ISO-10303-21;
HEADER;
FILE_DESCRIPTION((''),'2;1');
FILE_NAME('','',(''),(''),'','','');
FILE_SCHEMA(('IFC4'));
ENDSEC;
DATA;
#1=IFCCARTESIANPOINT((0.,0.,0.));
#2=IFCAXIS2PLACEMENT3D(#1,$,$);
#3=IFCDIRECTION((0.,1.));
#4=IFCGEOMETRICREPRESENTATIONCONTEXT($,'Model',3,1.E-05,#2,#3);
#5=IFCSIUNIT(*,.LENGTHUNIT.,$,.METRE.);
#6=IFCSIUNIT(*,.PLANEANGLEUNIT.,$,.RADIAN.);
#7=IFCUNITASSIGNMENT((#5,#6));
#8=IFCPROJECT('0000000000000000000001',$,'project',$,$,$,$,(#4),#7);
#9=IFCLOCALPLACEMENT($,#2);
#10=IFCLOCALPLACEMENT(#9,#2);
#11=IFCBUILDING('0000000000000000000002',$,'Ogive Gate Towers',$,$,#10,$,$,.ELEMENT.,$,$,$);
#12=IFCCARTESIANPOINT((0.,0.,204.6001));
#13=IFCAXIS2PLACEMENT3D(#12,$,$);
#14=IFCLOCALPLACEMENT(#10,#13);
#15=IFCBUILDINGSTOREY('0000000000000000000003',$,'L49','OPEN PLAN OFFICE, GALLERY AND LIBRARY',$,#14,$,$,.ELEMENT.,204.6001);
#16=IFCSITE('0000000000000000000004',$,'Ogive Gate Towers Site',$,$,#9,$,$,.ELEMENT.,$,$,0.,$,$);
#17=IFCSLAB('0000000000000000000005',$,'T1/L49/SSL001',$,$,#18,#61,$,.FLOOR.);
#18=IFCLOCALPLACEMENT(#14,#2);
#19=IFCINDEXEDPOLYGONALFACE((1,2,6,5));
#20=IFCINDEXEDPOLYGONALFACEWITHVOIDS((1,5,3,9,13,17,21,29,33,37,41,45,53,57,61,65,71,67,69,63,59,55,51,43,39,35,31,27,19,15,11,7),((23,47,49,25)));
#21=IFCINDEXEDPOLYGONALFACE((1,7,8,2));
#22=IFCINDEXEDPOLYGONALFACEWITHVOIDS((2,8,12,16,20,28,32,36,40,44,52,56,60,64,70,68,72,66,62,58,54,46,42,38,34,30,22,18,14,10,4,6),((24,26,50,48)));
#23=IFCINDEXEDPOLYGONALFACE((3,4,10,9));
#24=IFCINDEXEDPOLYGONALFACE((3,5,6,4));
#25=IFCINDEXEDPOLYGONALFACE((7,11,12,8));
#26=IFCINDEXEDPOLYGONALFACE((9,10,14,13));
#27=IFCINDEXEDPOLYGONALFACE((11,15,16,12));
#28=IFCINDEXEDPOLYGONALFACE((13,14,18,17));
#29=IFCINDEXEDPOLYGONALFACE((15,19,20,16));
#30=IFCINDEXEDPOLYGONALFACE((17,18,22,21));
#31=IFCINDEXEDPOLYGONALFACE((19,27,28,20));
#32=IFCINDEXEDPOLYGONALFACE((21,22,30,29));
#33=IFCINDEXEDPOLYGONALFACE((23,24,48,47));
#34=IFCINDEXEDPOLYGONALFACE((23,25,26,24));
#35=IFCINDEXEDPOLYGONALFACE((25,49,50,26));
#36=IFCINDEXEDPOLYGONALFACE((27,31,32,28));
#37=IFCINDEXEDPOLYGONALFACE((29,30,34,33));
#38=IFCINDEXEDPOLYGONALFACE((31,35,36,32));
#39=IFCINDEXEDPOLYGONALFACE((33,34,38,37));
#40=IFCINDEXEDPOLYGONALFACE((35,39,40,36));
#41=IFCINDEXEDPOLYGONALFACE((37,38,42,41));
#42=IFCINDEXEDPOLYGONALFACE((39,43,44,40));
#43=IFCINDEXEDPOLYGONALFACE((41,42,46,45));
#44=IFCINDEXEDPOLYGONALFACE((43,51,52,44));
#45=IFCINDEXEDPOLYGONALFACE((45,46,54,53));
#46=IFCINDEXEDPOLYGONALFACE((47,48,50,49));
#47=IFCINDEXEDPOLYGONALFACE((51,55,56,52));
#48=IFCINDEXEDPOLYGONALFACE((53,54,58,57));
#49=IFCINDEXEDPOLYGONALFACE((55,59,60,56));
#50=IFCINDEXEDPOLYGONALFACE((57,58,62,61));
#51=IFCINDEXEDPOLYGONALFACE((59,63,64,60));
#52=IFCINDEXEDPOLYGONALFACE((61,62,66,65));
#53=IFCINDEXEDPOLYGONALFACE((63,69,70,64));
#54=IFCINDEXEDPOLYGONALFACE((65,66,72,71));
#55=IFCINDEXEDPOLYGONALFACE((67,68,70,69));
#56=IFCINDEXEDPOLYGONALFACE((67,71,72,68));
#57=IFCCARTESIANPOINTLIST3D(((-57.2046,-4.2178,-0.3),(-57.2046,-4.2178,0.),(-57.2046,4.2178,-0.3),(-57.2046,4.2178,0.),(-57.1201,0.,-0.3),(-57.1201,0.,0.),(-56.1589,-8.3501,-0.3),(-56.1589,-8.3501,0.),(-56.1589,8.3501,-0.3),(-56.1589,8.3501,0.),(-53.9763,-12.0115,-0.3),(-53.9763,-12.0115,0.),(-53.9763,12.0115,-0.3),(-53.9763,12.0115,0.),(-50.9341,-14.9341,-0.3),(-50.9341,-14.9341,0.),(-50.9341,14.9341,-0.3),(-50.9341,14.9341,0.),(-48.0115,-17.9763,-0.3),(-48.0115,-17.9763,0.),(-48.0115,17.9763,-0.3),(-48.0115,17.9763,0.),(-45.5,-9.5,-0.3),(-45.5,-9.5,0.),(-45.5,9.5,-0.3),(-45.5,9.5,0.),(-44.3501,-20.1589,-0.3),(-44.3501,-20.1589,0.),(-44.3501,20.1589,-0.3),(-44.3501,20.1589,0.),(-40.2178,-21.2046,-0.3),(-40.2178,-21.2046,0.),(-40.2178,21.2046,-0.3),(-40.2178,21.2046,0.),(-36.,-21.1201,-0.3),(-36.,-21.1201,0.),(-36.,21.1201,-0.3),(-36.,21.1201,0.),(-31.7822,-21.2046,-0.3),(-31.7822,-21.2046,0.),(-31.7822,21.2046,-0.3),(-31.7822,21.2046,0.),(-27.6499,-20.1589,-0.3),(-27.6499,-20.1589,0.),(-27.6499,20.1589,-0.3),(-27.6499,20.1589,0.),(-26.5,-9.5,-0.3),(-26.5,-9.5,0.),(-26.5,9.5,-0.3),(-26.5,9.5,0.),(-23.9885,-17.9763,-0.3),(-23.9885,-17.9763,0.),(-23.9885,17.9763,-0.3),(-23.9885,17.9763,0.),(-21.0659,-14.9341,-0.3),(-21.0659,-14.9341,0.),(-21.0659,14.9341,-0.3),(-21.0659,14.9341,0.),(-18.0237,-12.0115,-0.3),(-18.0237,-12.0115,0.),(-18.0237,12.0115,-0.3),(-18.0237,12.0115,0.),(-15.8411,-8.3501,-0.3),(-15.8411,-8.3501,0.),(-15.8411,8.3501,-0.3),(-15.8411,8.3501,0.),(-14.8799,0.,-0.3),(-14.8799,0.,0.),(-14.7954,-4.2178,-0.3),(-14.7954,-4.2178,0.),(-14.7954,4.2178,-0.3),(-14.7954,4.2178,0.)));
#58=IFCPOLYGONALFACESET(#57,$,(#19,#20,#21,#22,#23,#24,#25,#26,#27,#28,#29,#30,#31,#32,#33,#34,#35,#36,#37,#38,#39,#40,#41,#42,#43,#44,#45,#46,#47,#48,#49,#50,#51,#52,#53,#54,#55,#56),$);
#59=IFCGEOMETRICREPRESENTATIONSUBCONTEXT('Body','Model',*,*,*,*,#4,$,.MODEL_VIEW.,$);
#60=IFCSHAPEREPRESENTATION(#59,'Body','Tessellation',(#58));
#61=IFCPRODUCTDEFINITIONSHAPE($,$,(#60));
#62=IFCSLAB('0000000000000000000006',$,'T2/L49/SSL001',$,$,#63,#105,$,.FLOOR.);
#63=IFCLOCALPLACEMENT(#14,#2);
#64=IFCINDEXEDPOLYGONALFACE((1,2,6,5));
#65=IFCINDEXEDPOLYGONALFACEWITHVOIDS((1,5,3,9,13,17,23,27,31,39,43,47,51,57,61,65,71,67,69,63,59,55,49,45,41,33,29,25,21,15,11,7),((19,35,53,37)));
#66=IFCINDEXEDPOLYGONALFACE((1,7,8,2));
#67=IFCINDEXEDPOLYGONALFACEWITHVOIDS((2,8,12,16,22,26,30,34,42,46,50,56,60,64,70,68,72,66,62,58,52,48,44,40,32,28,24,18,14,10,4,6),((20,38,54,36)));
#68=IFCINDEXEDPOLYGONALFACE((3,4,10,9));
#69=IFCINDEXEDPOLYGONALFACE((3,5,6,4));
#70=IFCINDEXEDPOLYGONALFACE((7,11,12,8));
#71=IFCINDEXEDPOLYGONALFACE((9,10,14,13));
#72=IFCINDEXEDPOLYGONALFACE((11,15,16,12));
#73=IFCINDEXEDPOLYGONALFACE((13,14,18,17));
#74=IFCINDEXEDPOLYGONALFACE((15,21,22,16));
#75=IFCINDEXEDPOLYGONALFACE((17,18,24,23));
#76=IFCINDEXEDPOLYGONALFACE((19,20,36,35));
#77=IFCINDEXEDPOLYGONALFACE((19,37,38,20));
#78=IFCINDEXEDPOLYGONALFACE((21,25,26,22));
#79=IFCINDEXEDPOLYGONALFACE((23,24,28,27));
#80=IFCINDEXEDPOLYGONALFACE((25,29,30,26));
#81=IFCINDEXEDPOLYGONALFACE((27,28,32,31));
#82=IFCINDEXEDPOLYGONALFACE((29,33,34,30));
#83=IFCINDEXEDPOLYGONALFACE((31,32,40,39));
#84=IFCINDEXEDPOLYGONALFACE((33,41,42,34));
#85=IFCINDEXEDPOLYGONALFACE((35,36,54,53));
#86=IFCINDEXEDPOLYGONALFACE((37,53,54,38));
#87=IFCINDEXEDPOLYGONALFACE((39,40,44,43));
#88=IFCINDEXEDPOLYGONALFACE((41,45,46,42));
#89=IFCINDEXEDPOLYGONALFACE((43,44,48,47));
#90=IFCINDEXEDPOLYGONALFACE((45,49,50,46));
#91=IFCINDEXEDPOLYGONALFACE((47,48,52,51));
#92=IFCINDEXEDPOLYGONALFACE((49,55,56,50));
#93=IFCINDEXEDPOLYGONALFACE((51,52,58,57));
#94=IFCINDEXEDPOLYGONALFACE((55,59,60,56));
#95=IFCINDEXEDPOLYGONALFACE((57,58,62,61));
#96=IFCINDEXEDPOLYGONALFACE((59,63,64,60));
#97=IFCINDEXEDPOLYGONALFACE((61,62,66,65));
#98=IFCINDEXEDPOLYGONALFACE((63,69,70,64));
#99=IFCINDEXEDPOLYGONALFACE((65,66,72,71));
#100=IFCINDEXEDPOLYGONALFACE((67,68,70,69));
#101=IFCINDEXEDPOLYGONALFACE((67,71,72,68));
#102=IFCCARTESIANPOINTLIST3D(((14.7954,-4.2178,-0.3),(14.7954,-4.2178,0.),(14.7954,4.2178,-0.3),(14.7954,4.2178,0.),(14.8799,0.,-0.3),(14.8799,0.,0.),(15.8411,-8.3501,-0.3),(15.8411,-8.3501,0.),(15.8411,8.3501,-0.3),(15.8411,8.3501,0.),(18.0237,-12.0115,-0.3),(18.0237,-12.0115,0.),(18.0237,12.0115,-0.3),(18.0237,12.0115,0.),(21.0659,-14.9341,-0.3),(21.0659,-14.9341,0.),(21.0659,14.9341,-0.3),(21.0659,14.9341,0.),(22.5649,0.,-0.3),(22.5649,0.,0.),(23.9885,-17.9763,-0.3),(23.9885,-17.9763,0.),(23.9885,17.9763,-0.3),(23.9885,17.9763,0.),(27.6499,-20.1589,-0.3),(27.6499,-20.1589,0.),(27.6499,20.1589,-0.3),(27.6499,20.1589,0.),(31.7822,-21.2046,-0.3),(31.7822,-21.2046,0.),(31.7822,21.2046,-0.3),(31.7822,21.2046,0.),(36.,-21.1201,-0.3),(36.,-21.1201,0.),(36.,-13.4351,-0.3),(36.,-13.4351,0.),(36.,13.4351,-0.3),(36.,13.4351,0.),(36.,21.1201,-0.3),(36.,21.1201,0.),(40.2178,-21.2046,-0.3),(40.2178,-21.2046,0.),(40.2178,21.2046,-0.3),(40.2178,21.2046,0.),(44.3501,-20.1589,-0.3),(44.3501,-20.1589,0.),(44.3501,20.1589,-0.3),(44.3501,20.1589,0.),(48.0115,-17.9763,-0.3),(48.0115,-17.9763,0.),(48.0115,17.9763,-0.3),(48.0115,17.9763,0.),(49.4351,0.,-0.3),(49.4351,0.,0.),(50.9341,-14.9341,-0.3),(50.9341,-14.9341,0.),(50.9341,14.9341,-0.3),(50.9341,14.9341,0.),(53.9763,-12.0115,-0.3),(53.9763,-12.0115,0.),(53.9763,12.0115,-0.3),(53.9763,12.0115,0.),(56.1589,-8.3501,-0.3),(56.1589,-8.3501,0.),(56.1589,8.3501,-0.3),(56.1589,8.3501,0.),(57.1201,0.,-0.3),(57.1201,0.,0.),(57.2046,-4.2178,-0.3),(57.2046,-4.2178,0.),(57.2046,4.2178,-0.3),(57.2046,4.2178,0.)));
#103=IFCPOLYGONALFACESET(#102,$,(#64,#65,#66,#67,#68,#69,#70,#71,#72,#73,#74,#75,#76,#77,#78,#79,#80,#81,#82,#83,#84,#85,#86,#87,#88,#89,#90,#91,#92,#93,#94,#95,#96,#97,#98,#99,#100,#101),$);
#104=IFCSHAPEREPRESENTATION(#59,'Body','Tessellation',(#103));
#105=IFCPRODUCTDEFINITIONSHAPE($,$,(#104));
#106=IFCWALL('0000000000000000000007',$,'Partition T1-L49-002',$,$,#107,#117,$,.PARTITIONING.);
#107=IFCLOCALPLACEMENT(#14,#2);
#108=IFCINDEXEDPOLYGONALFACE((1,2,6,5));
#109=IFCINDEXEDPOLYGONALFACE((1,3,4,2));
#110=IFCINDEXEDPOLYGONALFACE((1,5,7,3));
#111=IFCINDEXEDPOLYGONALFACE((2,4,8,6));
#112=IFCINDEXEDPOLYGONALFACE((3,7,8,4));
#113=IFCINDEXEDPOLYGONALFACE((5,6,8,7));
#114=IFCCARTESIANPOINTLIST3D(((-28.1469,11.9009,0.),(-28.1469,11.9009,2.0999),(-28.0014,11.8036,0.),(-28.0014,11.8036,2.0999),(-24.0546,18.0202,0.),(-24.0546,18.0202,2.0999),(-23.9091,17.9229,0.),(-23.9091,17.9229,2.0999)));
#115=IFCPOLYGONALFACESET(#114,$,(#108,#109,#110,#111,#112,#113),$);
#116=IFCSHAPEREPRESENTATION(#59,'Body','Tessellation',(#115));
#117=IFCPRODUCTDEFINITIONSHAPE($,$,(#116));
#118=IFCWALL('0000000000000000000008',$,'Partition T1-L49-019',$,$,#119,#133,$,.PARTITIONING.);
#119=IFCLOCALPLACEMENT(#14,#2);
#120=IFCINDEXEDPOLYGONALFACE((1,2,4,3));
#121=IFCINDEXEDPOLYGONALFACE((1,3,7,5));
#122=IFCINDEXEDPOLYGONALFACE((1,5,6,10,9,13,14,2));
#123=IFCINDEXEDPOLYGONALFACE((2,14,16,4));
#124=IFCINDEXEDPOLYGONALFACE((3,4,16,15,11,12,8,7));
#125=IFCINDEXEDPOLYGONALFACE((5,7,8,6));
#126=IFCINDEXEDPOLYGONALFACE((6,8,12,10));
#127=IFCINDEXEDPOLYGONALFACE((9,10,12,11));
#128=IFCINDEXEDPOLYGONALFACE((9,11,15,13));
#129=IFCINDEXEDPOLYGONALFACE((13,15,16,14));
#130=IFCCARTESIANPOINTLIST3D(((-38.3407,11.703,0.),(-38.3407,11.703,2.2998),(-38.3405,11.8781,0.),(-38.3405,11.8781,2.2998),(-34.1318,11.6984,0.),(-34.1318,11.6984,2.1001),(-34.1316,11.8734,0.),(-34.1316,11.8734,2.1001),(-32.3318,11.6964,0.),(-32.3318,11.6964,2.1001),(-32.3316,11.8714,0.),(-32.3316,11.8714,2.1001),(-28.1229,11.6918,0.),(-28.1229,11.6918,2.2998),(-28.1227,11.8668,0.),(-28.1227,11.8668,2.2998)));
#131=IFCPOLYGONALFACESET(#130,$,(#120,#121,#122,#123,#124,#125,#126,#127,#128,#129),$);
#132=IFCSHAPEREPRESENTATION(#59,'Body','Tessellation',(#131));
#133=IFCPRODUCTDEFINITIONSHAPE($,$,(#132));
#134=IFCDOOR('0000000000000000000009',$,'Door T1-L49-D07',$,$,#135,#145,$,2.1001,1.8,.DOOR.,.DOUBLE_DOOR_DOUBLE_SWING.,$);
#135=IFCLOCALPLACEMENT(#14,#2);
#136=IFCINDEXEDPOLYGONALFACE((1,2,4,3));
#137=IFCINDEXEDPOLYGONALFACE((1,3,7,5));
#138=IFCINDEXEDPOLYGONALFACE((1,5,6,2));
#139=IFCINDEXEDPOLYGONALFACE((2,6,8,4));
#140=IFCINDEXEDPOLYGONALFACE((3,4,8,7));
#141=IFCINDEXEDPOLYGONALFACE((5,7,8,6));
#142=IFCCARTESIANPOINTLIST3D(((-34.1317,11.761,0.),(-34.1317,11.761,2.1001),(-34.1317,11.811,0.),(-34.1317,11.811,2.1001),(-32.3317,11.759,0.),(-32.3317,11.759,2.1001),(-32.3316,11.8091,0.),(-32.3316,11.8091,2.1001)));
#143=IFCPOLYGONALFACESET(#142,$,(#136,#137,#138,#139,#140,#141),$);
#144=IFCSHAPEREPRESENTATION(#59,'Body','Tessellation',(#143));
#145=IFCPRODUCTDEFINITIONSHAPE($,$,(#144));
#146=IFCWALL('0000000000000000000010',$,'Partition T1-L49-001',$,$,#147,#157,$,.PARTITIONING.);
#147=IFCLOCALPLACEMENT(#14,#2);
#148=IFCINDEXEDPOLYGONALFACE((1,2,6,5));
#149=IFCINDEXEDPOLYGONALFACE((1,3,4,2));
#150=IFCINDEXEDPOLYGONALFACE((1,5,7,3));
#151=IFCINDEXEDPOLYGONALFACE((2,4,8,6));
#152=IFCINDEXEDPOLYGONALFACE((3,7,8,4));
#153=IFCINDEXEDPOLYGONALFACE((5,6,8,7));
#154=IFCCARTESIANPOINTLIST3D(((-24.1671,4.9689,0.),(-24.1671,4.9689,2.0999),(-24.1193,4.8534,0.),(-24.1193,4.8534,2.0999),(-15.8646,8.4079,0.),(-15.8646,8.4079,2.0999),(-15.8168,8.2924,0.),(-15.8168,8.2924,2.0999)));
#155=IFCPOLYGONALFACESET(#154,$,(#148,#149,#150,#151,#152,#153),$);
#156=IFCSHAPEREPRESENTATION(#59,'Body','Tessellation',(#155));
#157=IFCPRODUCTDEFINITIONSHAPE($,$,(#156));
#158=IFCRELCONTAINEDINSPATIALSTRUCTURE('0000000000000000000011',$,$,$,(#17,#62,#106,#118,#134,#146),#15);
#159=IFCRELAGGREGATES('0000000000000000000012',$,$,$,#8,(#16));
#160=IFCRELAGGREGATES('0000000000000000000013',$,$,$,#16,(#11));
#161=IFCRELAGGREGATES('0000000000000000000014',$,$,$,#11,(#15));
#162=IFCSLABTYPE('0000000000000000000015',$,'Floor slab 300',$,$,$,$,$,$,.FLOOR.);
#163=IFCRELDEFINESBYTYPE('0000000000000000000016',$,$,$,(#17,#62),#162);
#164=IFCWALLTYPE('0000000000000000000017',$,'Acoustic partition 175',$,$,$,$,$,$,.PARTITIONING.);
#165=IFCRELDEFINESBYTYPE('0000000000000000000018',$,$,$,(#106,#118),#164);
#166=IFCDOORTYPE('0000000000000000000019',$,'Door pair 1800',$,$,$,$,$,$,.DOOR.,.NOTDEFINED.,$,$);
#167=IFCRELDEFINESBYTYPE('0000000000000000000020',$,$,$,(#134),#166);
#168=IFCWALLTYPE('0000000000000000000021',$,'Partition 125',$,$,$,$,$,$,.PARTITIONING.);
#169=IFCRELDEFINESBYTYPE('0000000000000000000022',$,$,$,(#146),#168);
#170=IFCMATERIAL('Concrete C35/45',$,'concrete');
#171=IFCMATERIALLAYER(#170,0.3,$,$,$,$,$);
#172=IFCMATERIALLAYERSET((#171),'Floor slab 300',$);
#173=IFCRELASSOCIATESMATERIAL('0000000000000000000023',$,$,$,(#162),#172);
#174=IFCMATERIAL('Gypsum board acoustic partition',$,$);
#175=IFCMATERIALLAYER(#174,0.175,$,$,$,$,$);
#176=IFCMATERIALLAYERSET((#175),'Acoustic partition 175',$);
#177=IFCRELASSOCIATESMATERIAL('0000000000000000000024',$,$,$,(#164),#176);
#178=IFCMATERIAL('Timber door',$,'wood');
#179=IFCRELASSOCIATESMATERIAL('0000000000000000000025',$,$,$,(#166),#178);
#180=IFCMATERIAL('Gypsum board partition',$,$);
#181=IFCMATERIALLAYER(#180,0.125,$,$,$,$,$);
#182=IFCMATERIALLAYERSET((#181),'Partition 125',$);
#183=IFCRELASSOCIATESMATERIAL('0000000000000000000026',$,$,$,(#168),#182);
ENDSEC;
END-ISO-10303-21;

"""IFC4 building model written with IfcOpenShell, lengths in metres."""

from ifc_helpers import new_model, si_unit, direction, frame, frame_2d, origin, place, context, subcontext, project, spatial, polyline, rectangle, outline, extrude, material, layer, layer_set, type_object, element, fill, save


model = new_model("IFC4")

# Units and contexts
model_context = context("Model", 3, precision=1e-05, world=origin(), true_north=direction((0.0, 1.0)))
body_context = subcontext(model_context, "Body", "Model", "MODEL_VIEW")
ifc_project = project(units=[si_unit("LENGTHUNIT", "METRE"), si_unit("PLANEANGLEUNIT", "RADIAN")], contexts=[model_context])

# Site, building, storey
site_placement = place(None, origin())
site = spatial("IfcSite", under=ifc_project, at=site_placement, Name="Ogive Gate Towers Site", CompositionType="ELEMENT", RefElevation=0.0)
building_placement = place(site_placement, origin())
building = spatial("IfcBuilding", under=site, at=building_placement, Name="Ogive Gate Towers", CompositionType="ELEMENT")
storey_placement = place(building_placement, frame((0.0, 0.0, 204.6001)))
storey = spatial("IfcBuildingStorey", under=building, at=storey_placement, Name="L49", Description="OPEN PLAN OFFICE, GALLERY AND LIBRARY", CompositionType="ELEMENT", Elevation=204.6001)

# Slabs
ifc_material_1 = material(Name="Concrete C35/45", Category="concrete")
ifc_layer_1 = layer(ifc_material_1, 0.3)
ifc_layer_set_1 = layer_set([ifc_layer_1], Name="Floor slab 300")
slab_type_1 = type_object("IfcSlabType", Name="Floor slab 300", PredefinedType="FLOOR", material=ifc_layer_set_1)
slab_1_placement = place(storey_placement, frame((0.0, 0.0, -0.3)))
element("IfcSlab", 1, at=slab_1_placement, inside=storey, type_object=slab_type_1, Name="T1/L49/SSL001", PredefinedType="FLOOR", context=body_context, shape_type="SweptSolid", body=[
    extrude(outline(polyline([(-14.7954, -4.2178), (-14.8799, 0.0), (-14.7954, 4.2178), (-15.8411, 8.3501), (-18.0237, 12.0115), (-21.0659, 14.9341), (-23.9885, 17.9763), (-27.6499, 20.1589), (-31.7822, 21.2046), (-36.0, 21.1201), (-40.2178, 21.2046), (-44.3501, 20.1589), (-48.0115, 17.9763), (-50.9341, 14.9341), (-53.9763, 12.0115), (-56.1589, 8.3501), (-57.2046, 4.2178), (-57.1201, 0.0), (-57.2046, -4.2178), (-56.1589, -8.3501), (-53.9763, -12.0115), (-50.9341, -14.9341), (-48.0115, -17.9763), (-44.3501, -20.1589), (-40.2178, -21.2046), (-36.0, -21.1201), (-31.7822, -21.2046), (-27.6499, -20.1589), (-23.9885, -17.9763), (-21.0659, -14.9341), (-18.0237, -12.0115), (-15.8411, -8.3501), (-14.7954, -4.2178)]), holes=[polyline([(-26.5, -9.5), (-45.5, -9.5), (-45.5, 9.5), (-26.5, 9.5), (-26.5, -9.5)])]), origin(), (0.0, 0.0, 1.0), 0.3),
])
slab_2_placement = place(storey_placement, frame((0.0, 0.0, -0.3)))
element("IfcSlab", 2, at=slab_2_placement, inside=storey, type_object=slab_type_1, Name="T2/L49/SSL001", PredefinedType="FLOOR", context=body_context, shape_type="SweptSolid", body=[
    extrude(outline(polyline([(57.2046, -4.2178), (57.1201, 0.0), (57.2046, 4.2178), (56.1589, 8.3501), (53.9763, 12.0115), (50.9341, 14.9341), (48.0115, 17.9763), (44.3501, 20.1589), (40.2178, 21.2046), (36.0, 21.1201), (31.7822, 21.2046), (27.6499, 20.1589), (23.9885, 17.9763), (21.0659, 14.9341), (18.0237, 12.0115), (15.8411, 8.3501), (14.7954, 4.2178), (14.8799, 0.0), (14.7954, -4.2178), (15.8411, -8.3501), (18.0237, -12.0115), (21.0659, -14.9341), (23.9885, -17.9763), (27.6499, -20.1589), (31.7822, -21.2046), (36.0, -21.1201), (40.2178, -21.2046), (44.3501, -20.1589), (48.0115, -17.9763), (50.9341, -14.9341), (53.9763, -12.0115), (56.1589, -8.3501), (57.2046, -4.2178)]), holes=[polyline([(49.4351, 0.0), (36.0, -13.4351), (22.5649, 0.0), (36.0, 13.4351), (49.4351, 0.0)])]), origin(), (0.0, 0.0, 1.0), 0.3),
])

# Wall
ifc_material_2 = material(Name="Gypsum board acoustic partition")
ifc_layer_2 = layer(ifc_material_2, 0.175)
ifc_layer_set_2 = layer_set([ifc_layer_2], Name="Acoustic partition 175")
wall_type_1 = type_object("IfcWallType", Name="Acoustic partition 175", PredefinedType="PARTITIONING", material=ifc_layer_set_2)
wall_1_placement = place(storey_placement, frame((-23.9819, 17.9714, 0.0), z_axis=(0.0, 0.0, 1.0), x_axis=(-0.555894, -0.831254, 0.0)))
element("IfcWall", 3, at=wall_1_placement, inside=storey, type_object=wall_type_1, Name="Partition T1-L49-002", PredefinedType="PARTITIONING", context=body_context, shape_type="SweptSolid", body=[
    extrude(rectangle(XDim=7.3616, YDim=0.175, at=frame_2d((3.6807, 0.0))), origin(), (0.0, 0.0, 1.0), 2.0999),
])

# Wall, opening, door
wall_2_placement = place(storey_placement, frame((-28.1228, 11.7793, 0.0), z_axis=(0.0, 0.0, 1.0), x_axis=(-0.999999, 0.001099, 0.0)))
wall_2 = element("IfcWall", 4, at=wall_2_placement, inside=storey, type_object=wall_type_1, Name="Partition T1-L49-019", PredefinedType="PARTITIONING", context=body_context, shape_type="SweptSolid", body=[
    extrude(rectangle(XDim=10.2178, YDim=0.175, at=frame_2d((5.1089, 0.0))), origin(), (0.0, 0.0, 1.0), 2.2998),
])
opening_1_placement = place(wall_2_placement, frame((4.209, 0.0, 0.0)))
opening_1 = element("IfcOpeningElement", 5, at=opening_1_placement, cuts=wall_2, PredefinedType="OPENING", context=body_context, shape_type="SweptSolid", body=[
    extrude(rectangle(XDim=1.8, YDim=2.1001, at=frame_2d((0.8999, 1.05))), frame((0.0, 0.0977, 0.0), z_axis=(0.0, -1.0, 0.0), x_axis=(1.0, 0.0, 0.0)), (0.0, 0.0, 1.0), 0.1951),
])
ifc_material_3 = material(Name="Timber door", Category="wood")
door_type_1 = type_object("IfcDoorType", Name="Door pair 1800", OperationType="NOTDEFINED", PredefinedType="DOOR", material=ifc_material_3)
door_1_placement = place(opening_1_placement, origin())
door_1 = element("IfcDoor", 6, at=door_1_placement, inside=storey, type_object=door_type_1, Name="Door T1-L49-D07", OperationType="DOUBLE_DOOR_DOUBLE_SWING", OverallHeight=2.1001, OverallWidth=1.8, PredefinedType="DOOR", context=body_context, shape_type="SweptSolid", body=[
    extrude(rectangle(XDim=1.8, YDim=2.1001, at=frame_2d((0.8999, 1.05))), frame((0.0, 0.0249, 0.0), z_axis=(0.0, -1.0, 0.0), x_axis=(1.0, 0.0, 0.0)), (0.0, 0.0, 1.0), 0.05),
])
fill(opening_1, door_1)

# Wall
ifc_material_4 = material(Name="Gypsum board partition")
ifc_layer_3 = layer(ifc_material_4, 0.125)
ifc_layer_set_3 = layer_set([ifc_layer_3], Name="Partition 125")
wall_type_2 = type_object("IfcWallType", Name="Partition 125", PredefinedType="PARTITIONING", material=ifc_layer_set_3)
wall_3_placement = place(storey_placement, frame((-15.8408, 8.3501, 0.0), z_axis=(0.0, 0.0, 1.0), x_axis=(-0.923881, -0.38268, 0.0)))
element("IfcWall", 7, at=wall_3_placement, inside=storey, type_object=wall_type_2, Name="Partition T1-L49-001", PredefinedType="PARTITIONING", context=body_context, shape_type="SweptSolid", body=[
    extrude(rectangle(XDim=8.9866, YDim=0.125, at=frame_2d((4.4932, 0.0))), origin(), (0.0, 0.0, 1.0), 2.0999),
])

save(model, "model.ifc")
